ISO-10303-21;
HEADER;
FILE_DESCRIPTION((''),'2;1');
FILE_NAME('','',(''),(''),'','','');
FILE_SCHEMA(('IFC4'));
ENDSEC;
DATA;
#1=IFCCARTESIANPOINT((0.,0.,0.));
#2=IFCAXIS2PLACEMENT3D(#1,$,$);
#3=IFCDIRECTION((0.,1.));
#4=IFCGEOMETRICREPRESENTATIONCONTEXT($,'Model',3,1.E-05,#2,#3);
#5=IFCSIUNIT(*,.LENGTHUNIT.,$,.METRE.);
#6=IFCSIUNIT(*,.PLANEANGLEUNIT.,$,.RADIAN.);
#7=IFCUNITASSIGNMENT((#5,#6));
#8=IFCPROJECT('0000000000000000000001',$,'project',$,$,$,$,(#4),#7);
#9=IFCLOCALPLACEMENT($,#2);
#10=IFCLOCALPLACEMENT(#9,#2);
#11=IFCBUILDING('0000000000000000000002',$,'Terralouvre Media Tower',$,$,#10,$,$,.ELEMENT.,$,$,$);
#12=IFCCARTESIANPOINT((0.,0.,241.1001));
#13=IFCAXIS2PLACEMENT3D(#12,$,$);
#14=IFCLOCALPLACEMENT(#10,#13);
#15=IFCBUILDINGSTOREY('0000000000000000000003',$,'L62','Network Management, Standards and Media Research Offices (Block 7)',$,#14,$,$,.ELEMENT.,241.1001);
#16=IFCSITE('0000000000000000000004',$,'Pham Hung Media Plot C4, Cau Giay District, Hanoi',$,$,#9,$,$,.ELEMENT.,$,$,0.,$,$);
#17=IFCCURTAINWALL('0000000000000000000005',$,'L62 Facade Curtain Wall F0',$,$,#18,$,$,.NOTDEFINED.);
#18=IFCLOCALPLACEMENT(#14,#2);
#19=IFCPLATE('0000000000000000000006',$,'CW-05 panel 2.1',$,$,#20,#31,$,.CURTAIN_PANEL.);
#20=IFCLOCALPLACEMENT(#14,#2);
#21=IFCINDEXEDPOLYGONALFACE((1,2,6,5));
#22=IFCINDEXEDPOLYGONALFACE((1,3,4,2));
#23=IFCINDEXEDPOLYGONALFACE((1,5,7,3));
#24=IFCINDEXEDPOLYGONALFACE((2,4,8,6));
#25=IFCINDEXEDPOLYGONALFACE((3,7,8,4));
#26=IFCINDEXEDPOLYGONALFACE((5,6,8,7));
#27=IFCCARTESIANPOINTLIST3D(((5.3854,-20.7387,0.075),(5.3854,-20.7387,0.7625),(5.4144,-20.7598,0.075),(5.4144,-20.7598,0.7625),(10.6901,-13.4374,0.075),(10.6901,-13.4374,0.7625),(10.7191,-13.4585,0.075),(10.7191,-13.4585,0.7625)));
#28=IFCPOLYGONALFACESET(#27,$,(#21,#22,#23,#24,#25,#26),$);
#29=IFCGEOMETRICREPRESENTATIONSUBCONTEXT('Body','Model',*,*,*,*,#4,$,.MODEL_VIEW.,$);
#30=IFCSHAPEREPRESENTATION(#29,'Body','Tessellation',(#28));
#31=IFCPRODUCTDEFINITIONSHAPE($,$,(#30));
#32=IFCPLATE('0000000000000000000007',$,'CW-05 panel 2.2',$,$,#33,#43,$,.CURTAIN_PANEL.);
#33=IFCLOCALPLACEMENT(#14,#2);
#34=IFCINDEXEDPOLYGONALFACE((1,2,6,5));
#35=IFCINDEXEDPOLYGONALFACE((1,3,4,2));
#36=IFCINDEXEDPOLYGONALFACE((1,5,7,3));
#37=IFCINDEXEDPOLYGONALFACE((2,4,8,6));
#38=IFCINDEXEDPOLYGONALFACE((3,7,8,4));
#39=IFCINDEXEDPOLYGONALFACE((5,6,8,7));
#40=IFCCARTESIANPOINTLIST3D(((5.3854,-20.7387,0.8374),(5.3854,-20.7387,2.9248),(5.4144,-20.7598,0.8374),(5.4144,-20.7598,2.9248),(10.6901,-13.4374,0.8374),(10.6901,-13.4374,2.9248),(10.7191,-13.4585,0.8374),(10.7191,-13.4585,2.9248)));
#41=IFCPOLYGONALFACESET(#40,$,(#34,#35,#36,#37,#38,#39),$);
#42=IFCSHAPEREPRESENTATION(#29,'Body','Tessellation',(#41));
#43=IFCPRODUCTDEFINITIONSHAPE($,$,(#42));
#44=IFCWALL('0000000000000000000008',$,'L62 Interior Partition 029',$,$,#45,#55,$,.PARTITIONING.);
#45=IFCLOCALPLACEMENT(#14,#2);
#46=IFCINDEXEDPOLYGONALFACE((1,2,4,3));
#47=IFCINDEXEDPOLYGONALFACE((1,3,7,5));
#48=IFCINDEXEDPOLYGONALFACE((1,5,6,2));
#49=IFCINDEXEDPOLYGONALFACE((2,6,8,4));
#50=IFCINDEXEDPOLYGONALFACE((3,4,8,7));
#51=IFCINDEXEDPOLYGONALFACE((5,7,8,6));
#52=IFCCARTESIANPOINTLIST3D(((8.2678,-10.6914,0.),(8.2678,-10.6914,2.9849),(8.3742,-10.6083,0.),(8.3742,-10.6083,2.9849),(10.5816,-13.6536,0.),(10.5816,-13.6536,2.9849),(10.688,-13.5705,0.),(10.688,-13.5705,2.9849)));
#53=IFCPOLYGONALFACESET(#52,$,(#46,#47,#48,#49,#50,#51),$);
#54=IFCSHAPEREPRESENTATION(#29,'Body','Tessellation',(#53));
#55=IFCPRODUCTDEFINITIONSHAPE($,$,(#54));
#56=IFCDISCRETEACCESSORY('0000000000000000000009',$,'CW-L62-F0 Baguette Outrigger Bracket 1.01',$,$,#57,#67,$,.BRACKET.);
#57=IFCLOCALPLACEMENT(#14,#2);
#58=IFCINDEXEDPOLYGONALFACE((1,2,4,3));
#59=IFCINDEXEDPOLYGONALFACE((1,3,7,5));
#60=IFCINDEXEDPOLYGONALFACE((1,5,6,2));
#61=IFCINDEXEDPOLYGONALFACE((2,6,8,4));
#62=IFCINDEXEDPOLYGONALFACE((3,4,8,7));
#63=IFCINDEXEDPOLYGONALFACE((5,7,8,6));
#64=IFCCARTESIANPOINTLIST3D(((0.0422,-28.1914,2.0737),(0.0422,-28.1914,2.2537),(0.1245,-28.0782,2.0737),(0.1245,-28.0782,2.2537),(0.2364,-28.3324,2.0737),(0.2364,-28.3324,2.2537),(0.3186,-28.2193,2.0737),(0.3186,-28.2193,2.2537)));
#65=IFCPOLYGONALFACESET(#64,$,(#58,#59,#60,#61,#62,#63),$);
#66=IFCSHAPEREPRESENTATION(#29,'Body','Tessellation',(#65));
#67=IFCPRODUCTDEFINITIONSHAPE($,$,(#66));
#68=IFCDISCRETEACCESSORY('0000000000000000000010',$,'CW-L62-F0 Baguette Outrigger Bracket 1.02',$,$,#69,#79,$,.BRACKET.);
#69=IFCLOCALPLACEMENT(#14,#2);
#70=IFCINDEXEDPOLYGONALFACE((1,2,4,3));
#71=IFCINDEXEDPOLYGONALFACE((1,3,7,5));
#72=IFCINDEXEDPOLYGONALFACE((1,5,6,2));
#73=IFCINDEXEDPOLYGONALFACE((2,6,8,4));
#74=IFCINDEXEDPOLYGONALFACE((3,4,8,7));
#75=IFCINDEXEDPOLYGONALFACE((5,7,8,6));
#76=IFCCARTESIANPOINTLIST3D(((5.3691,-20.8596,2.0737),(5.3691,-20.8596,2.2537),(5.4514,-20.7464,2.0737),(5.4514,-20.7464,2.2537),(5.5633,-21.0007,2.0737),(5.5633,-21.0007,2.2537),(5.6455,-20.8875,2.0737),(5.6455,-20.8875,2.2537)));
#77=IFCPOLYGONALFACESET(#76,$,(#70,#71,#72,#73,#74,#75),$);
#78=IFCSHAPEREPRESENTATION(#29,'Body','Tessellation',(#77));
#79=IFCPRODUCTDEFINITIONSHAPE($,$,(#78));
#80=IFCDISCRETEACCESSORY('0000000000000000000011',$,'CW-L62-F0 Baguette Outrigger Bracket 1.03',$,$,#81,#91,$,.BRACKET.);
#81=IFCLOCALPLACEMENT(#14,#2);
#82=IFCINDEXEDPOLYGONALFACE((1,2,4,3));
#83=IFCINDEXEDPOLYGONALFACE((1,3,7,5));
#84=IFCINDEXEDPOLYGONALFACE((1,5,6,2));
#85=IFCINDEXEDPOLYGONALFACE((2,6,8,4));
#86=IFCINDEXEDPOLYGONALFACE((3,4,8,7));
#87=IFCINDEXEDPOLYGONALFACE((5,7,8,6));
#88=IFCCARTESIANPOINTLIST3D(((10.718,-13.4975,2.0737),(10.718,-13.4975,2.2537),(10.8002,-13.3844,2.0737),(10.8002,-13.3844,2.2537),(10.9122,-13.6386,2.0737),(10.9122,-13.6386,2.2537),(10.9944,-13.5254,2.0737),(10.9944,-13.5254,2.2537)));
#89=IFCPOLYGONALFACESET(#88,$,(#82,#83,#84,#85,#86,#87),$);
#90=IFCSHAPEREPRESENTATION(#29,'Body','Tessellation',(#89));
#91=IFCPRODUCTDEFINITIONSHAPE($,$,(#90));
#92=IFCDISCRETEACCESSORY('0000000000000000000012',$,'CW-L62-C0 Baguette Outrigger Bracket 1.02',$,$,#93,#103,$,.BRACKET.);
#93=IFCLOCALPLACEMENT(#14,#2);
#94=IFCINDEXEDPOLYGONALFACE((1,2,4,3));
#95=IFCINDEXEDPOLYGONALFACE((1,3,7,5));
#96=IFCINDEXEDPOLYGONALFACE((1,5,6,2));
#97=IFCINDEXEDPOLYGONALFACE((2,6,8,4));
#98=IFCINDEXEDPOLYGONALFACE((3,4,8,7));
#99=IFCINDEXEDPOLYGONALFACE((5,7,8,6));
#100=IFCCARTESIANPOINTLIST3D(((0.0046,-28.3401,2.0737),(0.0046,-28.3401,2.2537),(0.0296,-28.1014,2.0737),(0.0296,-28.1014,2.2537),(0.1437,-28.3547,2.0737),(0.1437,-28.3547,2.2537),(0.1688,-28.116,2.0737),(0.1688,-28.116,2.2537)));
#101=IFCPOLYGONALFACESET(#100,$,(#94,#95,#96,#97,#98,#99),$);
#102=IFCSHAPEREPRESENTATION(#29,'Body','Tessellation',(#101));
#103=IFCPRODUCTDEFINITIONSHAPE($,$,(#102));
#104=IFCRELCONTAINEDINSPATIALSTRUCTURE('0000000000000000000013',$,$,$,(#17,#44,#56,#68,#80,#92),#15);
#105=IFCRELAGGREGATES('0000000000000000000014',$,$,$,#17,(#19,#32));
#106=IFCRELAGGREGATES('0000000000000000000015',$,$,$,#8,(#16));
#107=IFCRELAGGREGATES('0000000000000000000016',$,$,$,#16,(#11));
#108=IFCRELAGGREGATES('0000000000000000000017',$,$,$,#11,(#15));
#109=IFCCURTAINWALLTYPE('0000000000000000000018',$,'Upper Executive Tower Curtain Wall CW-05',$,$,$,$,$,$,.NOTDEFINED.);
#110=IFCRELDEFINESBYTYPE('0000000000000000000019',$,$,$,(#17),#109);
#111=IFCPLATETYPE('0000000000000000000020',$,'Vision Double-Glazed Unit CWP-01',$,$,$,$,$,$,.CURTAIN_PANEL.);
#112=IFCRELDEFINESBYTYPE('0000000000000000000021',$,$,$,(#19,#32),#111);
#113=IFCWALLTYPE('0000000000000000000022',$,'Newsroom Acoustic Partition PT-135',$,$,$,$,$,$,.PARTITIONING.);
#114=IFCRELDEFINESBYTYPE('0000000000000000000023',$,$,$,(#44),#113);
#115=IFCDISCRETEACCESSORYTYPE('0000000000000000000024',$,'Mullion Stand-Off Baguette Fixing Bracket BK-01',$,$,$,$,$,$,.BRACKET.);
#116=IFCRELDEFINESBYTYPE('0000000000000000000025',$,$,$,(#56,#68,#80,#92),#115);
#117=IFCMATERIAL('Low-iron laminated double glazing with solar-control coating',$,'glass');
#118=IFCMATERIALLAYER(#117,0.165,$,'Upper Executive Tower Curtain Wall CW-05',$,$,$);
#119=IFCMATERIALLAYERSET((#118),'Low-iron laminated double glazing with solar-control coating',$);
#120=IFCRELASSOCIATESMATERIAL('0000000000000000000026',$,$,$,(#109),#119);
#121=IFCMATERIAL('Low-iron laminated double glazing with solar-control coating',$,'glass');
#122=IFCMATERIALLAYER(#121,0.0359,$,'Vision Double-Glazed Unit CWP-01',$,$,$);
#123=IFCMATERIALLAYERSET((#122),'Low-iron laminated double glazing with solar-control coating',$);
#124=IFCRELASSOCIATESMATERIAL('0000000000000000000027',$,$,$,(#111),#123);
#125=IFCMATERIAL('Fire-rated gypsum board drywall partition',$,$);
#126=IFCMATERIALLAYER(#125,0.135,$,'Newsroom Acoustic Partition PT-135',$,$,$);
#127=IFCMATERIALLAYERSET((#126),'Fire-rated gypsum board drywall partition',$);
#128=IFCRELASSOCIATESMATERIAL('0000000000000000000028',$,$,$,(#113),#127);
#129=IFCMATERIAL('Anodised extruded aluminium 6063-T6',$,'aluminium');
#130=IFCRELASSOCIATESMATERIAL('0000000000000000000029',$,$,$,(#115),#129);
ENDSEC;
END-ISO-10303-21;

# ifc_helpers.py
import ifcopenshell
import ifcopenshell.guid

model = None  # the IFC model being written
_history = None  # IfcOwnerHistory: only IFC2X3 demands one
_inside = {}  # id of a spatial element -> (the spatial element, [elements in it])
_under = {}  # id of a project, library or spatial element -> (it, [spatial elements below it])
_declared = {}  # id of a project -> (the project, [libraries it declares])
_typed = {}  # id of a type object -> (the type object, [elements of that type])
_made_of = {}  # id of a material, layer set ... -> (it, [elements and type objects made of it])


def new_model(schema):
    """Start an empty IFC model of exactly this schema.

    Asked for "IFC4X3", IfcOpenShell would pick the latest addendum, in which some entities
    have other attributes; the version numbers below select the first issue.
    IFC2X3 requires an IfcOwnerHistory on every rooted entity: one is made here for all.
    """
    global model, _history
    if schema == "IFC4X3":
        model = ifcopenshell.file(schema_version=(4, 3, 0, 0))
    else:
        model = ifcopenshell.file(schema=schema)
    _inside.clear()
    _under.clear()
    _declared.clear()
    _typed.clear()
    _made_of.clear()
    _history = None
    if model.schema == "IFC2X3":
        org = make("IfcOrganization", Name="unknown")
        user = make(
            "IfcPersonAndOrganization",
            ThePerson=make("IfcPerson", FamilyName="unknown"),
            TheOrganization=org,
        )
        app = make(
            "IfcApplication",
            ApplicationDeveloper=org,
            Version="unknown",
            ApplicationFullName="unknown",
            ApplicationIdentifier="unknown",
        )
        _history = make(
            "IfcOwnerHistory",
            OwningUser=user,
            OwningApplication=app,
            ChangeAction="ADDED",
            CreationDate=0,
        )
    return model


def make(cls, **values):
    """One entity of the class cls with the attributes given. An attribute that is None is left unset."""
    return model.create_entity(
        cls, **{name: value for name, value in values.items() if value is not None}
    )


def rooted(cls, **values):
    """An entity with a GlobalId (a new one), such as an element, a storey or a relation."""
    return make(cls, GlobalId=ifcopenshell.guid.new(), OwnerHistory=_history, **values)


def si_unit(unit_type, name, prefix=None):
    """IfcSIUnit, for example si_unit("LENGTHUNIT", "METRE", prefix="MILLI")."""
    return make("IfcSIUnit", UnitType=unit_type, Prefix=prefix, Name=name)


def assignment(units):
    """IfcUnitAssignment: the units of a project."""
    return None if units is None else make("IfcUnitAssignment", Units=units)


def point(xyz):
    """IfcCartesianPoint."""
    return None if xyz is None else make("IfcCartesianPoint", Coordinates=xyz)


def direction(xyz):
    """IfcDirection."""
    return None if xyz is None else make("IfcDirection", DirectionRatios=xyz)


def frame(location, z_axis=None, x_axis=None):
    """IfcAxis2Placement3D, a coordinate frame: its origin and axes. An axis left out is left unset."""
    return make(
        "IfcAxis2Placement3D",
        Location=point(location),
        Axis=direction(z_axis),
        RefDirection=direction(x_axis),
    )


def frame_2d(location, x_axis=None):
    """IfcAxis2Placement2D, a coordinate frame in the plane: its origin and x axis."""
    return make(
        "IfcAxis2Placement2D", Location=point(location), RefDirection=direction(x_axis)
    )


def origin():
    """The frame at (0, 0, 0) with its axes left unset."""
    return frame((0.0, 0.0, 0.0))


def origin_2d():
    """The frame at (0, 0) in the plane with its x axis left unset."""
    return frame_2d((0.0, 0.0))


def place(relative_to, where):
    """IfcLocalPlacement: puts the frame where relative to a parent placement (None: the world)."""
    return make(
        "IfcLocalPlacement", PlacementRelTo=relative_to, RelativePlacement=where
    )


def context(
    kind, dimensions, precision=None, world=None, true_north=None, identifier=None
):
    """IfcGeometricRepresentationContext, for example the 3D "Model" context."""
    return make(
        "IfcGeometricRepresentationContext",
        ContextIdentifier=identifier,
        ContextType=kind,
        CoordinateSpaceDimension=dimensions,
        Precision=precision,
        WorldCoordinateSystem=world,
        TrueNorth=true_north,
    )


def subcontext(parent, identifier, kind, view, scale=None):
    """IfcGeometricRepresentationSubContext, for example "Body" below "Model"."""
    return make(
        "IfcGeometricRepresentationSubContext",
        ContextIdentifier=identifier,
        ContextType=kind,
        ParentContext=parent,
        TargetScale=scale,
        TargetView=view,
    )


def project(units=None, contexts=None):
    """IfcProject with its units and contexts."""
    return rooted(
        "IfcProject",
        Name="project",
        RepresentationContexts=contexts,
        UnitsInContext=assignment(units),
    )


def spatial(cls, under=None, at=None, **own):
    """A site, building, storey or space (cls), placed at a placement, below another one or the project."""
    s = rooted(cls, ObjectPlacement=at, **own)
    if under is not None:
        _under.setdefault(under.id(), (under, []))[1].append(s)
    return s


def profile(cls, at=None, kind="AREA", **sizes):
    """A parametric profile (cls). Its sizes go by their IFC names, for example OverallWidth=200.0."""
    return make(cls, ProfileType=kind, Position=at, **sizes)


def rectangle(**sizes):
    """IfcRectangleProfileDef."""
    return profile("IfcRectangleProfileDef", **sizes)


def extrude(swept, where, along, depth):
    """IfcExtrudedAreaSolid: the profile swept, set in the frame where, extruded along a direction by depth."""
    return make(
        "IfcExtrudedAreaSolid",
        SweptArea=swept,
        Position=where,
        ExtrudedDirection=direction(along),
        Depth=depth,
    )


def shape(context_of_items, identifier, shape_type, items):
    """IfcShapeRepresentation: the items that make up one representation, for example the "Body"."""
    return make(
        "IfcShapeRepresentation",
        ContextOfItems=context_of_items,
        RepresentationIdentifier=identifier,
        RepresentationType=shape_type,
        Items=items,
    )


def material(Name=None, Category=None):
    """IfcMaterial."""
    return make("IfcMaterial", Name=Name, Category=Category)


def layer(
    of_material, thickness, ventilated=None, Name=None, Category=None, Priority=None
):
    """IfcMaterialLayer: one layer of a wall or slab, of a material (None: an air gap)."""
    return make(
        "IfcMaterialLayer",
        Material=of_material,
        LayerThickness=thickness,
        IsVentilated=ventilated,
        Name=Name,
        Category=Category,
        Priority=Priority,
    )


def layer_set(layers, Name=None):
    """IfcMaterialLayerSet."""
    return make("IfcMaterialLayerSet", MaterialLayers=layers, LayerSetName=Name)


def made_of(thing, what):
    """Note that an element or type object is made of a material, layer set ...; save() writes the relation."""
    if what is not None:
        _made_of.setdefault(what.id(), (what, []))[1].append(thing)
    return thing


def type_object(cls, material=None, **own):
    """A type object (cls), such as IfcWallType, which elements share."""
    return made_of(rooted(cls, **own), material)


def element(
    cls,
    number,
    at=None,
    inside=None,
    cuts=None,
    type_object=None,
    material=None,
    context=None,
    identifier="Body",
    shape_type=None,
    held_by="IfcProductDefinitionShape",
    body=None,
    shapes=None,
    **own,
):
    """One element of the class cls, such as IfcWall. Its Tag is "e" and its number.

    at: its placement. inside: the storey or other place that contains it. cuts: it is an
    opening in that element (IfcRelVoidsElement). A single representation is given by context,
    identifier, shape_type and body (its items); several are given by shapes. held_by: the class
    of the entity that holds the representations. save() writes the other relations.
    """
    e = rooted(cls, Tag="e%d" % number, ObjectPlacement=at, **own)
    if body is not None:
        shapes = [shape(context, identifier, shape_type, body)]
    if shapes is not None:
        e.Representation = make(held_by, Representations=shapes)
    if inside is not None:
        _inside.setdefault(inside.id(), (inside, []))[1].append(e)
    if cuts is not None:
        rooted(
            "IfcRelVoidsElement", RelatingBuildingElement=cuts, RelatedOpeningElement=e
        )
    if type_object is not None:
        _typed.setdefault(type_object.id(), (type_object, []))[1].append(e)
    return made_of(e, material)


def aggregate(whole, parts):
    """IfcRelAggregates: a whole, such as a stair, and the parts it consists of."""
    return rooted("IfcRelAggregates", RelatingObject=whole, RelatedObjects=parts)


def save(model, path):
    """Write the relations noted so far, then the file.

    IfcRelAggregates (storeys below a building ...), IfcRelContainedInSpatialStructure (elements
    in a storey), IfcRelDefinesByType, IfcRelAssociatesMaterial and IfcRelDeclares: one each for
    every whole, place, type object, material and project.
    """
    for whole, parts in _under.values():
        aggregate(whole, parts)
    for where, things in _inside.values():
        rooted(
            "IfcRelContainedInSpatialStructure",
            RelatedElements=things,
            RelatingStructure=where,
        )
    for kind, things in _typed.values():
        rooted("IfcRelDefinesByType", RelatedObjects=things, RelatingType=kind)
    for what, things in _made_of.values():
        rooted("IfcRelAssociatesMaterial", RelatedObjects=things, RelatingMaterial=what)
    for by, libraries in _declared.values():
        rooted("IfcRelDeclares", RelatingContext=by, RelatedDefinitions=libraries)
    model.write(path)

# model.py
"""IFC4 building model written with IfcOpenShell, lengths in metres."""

from ifc_helpers import new_model, si_unit, direction, frame, frame_2d, origin, origin_2d, place, context, subcontext, project, spatial, rectangle, extrude, material, layer, layer_set, type_object, element, aggregate, save


model = new_model("IFC4")

# Units and contexts
model_context = context("Model", 3, precision=1e-05, world=origin(), true_north=direction((0.0, 1.0)))
body_context = subcontext(model_context, "Body", "Model", "MODEL_VIEW")
ifc_project = project(units=[si_unit("LENGTHUNIT", "METRE"), si_unit("PLANEANGLEUNIT", "RADIAN")], contexts=[model_context])

# Site, building, storey
site_placement = place(None, origin())
site = spatial("IfcSite", under=ifc_project, at=site_placement, Name="Pham Hung Media Plot C4, Cau Giay District, Hanoi", CompositionType="ELEMENT", RefElevation=0.0)
building_placement = place(site_placement, origin())
building = spatial("IfcBuilding", under=site, at=building_placement, Name="Terralouvre Media Tower", CompositionType="ELEMENT")
storey_placement = place(building_placement, frame((0.0, 0.0, 241.1001)))
storey = spatial("IfcBuildingStorey", under=building, at=storey_placement, Name="L62", Description="Network Management, Standards and Media Research Offices (Block 7)", CompositionType="ELEMENT", Elevation=241.1001)

# Curtain wall
ifc_material_1 = material(Name="Low-iron laminated double glazing with solar-control coating", Category="glass")
ifc_layer_1 = layer(ifc_material_1, 0.165, Name="Upper Executive Tower Curtain Wall CW-05")
ifc_layer_set_1 = layer_set([ifc_layer_1], Name="Low-iron laminated double glazing with solar-control coating")
curtain_wall_type_1 = type_object("IfcCurtainWallType", Name="Upper Executive Tower Curtain Wall CW-05", PredefinedType="NOTDEFINED", material=ifc_layer_set_1)
curtain_wall_1_placement = place(storey_placement, origin())
curtain_wall_1 = element("IfcCurtainWall", 1, at=curtain_wall_1_placement, inside=storey, type_object=curtain_wall_type_1, Name="L62 Facade Curtain Wall F0", PredefinedType="NOTDEFINED")

# Plates
ifc_material_2 = material(Name="Low-iron laminated double glazing with solar-control coating", Category="glass")
ifc_layer_2 = layer(ifc_material_2, 0.0359, Name="Vision Double-Glazed Unit CWP-01")
ifc_layer_set_2 = layer_set([ifc_layer_2], Name="Low-iron laminated double glazing with solar-control coating")
plate_type = type_object("IfcPlateType", Name="Vision Double-Glazed Unit CWP-01", PredefinedType="CURTAIN_PANEL", material=ifc_layer_set_2)
plate_1_placement = place(storey_placement, frame((8.0522, -17.0986, 0.075), z_axis=(0.0, 0.0, 1.0), x_axis=(0.587785, 0.809017, 0.0)))
plate_1 = element("IfcPlate", 2, at=plate_1_placement, type_object=plate_type, Name="CW-05 panel 2.1", PredefinedType="CURTAIN_PANEL", context=body_context, shape_type="SweptSolid", body=[
    extrude(rectangle(XDim=9.0249, YDim=0.0359, at=origin_2d()), origin(), (0.0, 0.0, 1.0), 0.6875),
])
plate_2_placement = place(storey_placement, frame((8.0522, -17.0986, 0.8374), z_axis=(0.0, 0.0, 1.0), x_axis=(0.587785, 0.809017, 0.0)))
plate_2 = element("IfcPlate", 3, at=plate_2_placement, type_object=plate_type, Name="CW-05 panel 2.2", PredefinedType="CURTAIN_PANEL", context=body_context, shape_type="SweptSolid", body=[
    extrude(rectangle(XDim=9.0249, YDim=0.0359, at=origin_2d()), origin(), (0.0, 0.0, 1.0), 2.0874),
])
aggregate(curtain_wall_1, [plate_1, plate_2])

# Wall
ifc_material_3 = material(Name="Fire-rated gypsum board drywall partition")
ifc_layer_3 = layer(ifc_material_3, 0.135, Name="Newsroom Acoustic Partition PT-135")
ifc_layer_set_3 = layer_set([ifc_layer_3], Name="Fire-rated gypsum board drywall partition")
wall_type = type_object("IfcWallType", Name="Newsroom Acoustic Partition PT-135", PredefinedType="PARTITIONING", material=ifc_layer_set_3)
wall_placement = place(storey_placement, frame((10.6348, -13.6121, 0.0), z_axis=(0.0, 0.0, 1.0), x_axis=(-0.615567, 0.788084, 0.0)))
element("IfcWall", 4, at=wall_placement, inside=storey, type_object=wall_type, Name="L62 Interior Partition 029", PredefinedType="PARTITIONING", context=body_context, shape_type="SweptSolid", body=[
    extrude(rectangle(XDim=3.7588, YDim=0.135, at=frame_2d((1.8794, 0.0))), origin(), (0.0, 0.0, 1.0), 2.9849),
])

# Discrete accessories
ifc_material_4 = material(Name="Anodised extruded aluminium 6063-T6", Category="aluminium")
discrete_accessory_type = type_object("IfcDiscreteAccessoryType", Name="Mullion Stand-Off Baguette Fixing Bracket BK-01", PredefinedType="BRACKET", material=ifc_material_4)
for number, where, z_axis, x_axis, name in (
    (5, (0.1804, -28.2053, 2.0737), (0.0, 0.0, 1.0), (0.587785, 0.809017, 0.0), "CW-L62-F0 Baguette Outrigger Bracket 1.01"),
    (6, (5.5073, -20.8735, 2.0737), (0.0, 0.0, 1.0), (0.587785, 0.809017, 0.0), "CW-L62-F0 Baguette Outrigger Bracket 1.02"),
    (7, (10.8562, -13.5115, 2.0737), (0.0, 0.0, 1.0), (0.587785, 0.809017, 0.0), "CW-L62-F0 Baguette Outrigger Bracket 1.03"),
    (8, (0.0867, -28.228, 2.0737), (0.0, 0.0, 1.0), (0.994522, -0.104528, 0.0), "CW-L62-C0 Baguette Outrigger Bracket 1.02"),
):
    element("IfcDiscreteAccessory", number, at=place(storey_placement, frame(where, z_axis=z_axis, x_axis=x_axis)), inside=storey, type_object=discrete_accessory_type, Name=name, PredefinedType="BRACKET", context=body_context, shape_type="SweptSolid", body=[
        extrude(rectangle(XDim=0.1399, YDim=0.24, at=origin_2d()), origin(), (0.0, 0.0, 1.0), 0.1799),
    ])

save(model, "model.ifc")
